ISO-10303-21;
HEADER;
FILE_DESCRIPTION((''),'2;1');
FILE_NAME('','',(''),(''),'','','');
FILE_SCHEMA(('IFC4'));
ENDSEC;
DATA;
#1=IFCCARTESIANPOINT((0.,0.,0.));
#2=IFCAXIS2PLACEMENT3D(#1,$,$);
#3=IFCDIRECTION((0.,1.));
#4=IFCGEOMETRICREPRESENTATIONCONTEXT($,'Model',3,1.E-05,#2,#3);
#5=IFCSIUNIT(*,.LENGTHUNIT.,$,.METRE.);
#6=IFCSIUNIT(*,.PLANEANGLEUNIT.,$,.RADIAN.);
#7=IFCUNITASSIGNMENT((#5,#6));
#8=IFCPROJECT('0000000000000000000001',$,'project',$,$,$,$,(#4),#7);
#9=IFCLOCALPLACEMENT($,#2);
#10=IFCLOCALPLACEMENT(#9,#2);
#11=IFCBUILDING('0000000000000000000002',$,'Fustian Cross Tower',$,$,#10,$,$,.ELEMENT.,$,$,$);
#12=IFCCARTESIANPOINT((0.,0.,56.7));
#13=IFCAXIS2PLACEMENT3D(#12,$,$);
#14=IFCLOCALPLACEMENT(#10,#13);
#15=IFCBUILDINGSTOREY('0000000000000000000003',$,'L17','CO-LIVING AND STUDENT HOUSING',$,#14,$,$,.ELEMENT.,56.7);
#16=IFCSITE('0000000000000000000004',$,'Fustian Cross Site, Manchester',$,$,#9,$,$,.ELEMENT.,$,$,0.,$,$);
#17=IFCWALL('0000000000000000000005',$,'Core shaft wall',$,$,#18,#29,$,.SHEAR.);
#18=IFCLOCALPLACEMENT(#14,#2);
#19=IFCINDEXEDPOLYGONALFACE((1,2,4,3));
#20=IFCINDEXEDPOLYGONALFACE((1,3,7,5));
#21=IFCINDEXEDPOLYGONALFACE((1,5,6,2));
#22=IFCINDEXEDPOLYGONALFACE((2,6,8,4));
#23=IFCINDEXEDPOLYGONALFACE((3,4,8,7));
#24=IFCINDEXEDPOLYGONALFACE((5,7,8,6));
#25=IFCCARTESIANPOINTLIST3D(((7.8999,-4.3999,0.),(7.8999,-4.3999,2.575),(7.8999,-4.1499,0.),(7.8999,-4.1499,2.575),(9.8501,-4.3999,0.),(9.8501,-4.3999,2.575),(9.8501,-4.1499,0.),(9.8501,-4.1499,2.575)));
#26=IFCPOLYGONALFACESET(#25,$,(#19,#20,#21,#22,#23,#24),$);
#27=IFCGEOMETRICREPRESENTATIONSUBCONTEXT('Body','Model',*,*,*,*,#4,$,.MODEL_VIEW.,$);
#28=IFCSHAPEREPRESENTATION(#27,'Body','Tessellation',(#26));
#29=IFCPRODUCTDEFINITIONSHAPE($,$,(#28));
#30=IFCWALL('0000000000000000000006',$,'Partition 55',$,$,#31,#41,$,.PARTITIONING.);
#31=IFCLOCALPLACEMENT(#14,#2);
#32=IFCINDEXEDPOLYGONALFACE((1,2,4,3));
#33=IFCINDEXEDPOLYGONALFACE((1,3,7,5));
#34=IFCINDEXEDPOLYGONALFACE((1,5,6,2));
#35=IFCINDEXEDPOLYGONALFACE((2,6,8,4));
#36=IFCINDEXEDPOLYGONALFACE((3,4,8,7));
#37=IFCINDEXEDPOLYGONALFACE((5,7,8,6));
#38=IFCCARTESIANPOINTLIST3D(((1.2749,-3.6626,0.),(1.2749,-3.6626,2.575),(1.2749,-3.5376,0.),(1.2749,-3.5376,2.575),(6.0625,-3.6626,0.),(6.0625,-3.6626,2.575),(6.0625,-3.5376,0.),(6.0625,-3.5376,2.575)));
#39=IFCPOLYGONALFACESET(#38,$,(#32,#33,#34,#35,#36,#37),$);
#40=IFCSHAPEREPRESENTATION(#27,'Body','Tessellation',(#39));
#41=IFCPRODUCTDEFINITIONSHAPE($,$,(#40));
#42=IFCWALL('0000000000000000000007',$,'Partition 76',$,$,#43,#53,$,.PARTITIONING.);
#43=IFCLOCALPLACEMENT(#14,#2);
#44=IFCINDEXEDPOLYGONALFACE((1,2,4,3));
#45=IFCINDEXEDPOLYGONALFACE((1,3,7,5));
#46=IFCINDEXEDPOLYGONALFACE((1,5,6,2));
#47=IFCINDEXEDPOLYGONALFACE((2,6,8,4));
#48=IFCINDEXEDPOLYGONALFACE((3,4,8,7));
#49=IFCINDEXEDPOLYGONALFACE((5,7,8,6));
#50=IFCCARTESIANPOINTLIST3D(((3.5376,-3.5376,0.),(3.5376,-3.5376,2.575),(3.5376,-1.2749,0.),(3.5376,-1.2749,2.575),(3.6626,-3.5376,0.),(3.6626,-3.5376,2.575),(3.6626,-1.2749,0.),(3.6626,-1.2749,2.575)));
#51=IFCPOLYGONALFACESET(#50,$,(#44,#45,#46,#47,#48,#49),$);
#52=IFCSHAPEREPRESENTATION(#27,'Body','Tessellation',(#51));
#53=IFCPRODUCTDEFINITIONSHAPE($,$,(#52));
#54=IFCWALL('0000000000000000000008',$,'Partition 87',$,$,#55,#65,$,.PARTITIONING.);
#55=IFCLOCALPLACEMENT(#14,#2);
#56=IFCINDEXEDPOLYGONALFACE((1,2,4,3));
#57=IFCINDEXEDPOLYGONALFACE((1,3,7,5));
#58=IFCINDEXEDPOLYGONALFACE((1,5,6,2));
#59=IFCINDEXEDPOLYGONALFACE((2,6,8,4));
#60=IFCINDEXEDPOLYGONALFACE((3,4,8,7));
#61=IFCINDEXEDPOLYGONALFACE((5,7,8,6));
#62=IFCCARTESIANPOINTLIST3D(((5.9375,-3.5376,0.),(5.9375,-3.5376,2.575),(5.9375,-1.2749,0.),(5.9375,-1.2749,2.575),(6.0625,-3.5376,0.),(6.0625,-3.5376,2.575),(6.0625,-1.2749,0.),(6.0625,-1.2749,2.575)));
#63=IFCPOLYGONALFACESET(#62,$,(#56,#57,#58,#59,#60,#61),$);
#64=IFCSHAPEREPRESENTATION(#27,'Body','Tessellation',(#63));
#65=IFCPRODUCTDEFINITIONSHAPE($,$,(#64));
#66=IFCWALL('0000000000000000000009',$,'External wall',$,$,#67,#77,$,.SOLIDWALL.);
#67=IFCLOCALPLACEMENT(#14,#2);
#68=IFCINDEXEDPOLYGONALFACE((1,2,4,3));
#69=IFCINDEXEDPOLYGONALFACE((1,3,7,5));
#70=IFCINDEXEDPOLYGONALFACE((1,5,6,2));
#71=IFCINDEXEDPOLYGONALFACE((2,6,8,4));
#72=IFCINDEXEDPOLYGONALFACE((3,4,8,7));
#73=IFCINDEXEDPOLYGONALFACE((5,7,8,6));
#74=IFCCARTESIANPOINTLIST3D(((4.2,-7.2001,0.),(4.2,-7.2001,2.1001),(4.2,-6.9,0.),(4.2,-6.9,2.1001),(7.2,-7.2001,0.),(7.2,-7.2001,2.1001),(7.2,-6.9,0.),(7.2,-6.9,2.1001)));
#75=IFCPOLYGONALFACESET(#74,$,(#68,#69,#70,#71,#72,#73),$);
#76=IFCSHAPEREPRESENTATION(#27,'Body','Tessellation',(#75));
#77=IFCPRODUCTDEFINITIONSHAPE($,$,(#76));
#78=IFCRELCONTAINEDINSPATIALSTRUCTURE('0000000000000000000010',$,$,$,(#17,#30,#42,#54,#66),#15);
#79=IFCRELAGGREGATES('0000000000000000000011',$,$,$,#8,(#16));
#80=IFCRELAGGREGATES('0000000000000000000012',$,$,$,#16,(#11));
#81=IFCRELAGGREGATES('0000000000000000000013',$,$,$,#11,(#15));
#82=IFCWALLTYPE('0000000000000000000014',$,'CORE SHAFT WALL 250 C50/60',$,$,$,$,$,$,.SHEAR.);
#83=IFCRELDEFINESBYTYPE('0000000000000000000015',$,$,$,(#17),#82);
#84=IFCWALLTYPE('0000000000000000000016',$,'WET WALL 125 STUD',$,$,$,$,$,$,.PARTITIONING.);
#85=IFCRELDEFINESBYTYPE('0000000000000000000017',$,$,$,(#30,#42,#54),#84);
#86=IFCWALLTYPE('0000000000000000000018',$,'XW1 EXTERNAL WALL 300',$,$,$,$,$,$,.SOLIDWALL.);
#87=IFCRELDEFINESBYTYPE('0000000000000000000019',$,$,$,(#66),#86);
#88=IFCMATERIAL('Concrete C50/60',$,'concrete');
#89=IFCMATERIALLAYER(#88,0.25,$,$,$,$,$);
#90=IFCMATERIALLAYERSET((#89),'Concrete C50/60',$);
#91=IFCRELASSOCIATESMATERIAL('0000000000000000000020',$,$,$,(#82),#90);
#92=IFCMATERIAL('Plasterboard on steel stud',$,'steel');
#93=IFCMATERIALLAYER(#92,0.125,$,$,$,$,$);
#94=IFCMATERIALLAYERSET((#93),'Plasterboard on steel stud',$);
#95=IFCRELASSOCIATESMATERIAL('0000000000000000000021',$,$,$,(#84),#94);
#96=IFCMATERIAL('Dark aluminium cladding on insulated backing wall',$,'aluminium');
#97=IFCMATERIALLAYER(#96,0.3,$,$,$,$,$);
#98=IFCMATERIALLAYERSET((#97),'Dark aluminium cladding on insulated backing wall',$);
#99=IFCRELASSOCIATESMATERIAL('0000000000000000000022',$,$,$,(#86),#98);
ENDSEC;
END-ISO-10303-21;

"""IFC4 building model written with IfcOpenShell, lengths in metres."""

from ifc_helpers import new_model, si_unit, direction, frame, frame_2d, origin, place, context, subcontext, project, spatial, rectangle, extrude, material, layer, layer_set, type_object, element, save


model = new_model("IFC4")

# Units and contexts
model_context = context("Model", 3, precision=1e-05, world=origin(), true_north=direction((0.0, 1.0)))
body_context = subcontext(model_context, "Body", "Model", "MODEL_VIEW")
ifc_project = project(units=[si_unit("LENGTHUNIT", "METRE"), si_unit("PLANEANGLEUNIT", "RADIAN")], contexts=[model_context])

# Site, building, storey
site_placement = place(None, origin())
site = spatial("IfcSite", under=ifc_project, at=site_placement, Name="Fustian Cross Site, Manchester", CompositionType="ELEMENT", RefElevation=0.0)
building_placement = place(site_placement, origin())
building = spatial("IfcBuilding", under=site, at=building_placement, Name="Fustian Cross Tower", CompositionType="ELEMENT")
storey_placement = place(building_placement, frame((0.0, 0.0, 56.7)))
storey = spatial("IfcBuildingStorey", under=building, at=storey_placement, Name="L17", Description="CO-LIVING AND STUDENT HOUSING", CompositionType="ELEMENT", Elevation=56.7)

# Walls
ifc_material_1 = material(Name="Concrete C50/60", Category="concrete")
ifc_layer_1 = layer(ifc_material_1, 0.25)
ifc_layer_set_1 = layer_set([ifc_layer_1], Name="Concrete C50/60")
wall_type_1 = type_object("IfcWallType", Name="CORE SHAFT WALL 250 C50/60", PredefinedType="SHEAR", material=ifc_layer_set_1)
wall_1_placement = place(storey_placement, frame((7.8999, -4.2749, 0.0), z_axis=(0.0, 0.0, 1.0), x_axis=(1.0, 0.0, 0.0)))
element("IfcWall", 1, at=wall_1_placement, inside=storey, type_object=wall_type_1, Name="Core shaft wall", PredefinedType="SHEAR", context=body_context, shape_type="SweptSolid", body=[
    extrude(rectangle(XDim=1.9502, YDim=0.25, at=frame_2d((0.9751, 0.0))), origin(), (0.0, 0.0, 1.0), 2.575),
])
ifc_material_2 = material(Name="Plasterboard on steel stud", Category="steel")
ifc_layer_2 = layer(ifc_material_2, 0.125)
ifc_layer_set_2 = layer_set([ifc_layer_2], Name="Plasterboard on steel stud")
wall_type_2 = type_object("IfcWallType", Name="WET WALL 125 STUD", PredefinedType="PARTITIONING", material=ifc_layer_set_2)
wall_2_placement = place(storey_placement, frame((1.2749, -3.6001, 0.0), z_axis=(0.0, 0.0, 1.0), x_axis=(1.0, 0.0, 0.0)))
element("IfcWall", 2, at=wall_2_placement, inside=storey, type_object=wall_type_2, Name="Partition 55", PredefinedType="PARTITIONING", context=body_context, shape_type="SweptSolid", body=[
    extrude(rectangle(XDim=4.7876, YDim=0.125, at=frame_2d((2.3938, 0.0))), origin(), (0.0, 0.0, 1.0), 2.575),
])
for number, where, z_axis, x_axis, name in (
    (3, (3.6001, -3.5376, 0.0), (0.0, 0.0, 1.0), (0.0, 1.0, 0.0), "Partition 76"),
    (4, (6.0, -3.5376, 0.0), (0.0, 0.0, 1.0), (0.0, 1.0, 0.0), "Partition 87"),
):
    element("IfcWall", number, at=place(storey_placement, frame(where, z_axis=z_axis, x_axis=x_axis)), inside=storey, type_object=wall_type_2, Name=name, PredefinedType="PARTITIONING", context=body_context, shape_type="SweptSolid", body=[
        extrude(rectangle(XDim=2.2627, YDim=0.125, at=frame_2d((1.1313, 0.0))), origin(), (0.0, 0.0, 1.0), 2.575),
    ])
ifc_material_3 = material(Name="Dark aluminium cladding on insulated backing wall", Category="aluminium")
ifc_layer_3 = layer(ifc_material_3, 0.3)
ifc_layer_set_3 = layer_set([ifc_layer_3], Name="Dark aluminium cladding on insulated backing wall")
wall_type_3 = type_object("IfcWallType", Name="XW1 EXTERNAL WALL 300", PredefinedType="SOLIDWALL", material=ifc_layer_set_3)
wall_3_placement = place(storey_placement, frame((4.2, -7.05, 0.0), z_axis=(0.0, 0.0, 1.0), x_axis=(1.0, 0.0, 0.0)))
element("IfcWall", 5, at=wall_3_placement, inside=storey, type_object=wall_type_3, Name="External wall", PredefinedType="SOLIDWALL", context=body_context, shape_type="SweptSolid", body=[
    extrude(rectangle(XDim=3.0, YDim=0.3, at=frame_2d((1.5, 0.0))), origin(), (0.0, 0.0, 1.0), 2.1001),
])

save(model, "model.ifc")
